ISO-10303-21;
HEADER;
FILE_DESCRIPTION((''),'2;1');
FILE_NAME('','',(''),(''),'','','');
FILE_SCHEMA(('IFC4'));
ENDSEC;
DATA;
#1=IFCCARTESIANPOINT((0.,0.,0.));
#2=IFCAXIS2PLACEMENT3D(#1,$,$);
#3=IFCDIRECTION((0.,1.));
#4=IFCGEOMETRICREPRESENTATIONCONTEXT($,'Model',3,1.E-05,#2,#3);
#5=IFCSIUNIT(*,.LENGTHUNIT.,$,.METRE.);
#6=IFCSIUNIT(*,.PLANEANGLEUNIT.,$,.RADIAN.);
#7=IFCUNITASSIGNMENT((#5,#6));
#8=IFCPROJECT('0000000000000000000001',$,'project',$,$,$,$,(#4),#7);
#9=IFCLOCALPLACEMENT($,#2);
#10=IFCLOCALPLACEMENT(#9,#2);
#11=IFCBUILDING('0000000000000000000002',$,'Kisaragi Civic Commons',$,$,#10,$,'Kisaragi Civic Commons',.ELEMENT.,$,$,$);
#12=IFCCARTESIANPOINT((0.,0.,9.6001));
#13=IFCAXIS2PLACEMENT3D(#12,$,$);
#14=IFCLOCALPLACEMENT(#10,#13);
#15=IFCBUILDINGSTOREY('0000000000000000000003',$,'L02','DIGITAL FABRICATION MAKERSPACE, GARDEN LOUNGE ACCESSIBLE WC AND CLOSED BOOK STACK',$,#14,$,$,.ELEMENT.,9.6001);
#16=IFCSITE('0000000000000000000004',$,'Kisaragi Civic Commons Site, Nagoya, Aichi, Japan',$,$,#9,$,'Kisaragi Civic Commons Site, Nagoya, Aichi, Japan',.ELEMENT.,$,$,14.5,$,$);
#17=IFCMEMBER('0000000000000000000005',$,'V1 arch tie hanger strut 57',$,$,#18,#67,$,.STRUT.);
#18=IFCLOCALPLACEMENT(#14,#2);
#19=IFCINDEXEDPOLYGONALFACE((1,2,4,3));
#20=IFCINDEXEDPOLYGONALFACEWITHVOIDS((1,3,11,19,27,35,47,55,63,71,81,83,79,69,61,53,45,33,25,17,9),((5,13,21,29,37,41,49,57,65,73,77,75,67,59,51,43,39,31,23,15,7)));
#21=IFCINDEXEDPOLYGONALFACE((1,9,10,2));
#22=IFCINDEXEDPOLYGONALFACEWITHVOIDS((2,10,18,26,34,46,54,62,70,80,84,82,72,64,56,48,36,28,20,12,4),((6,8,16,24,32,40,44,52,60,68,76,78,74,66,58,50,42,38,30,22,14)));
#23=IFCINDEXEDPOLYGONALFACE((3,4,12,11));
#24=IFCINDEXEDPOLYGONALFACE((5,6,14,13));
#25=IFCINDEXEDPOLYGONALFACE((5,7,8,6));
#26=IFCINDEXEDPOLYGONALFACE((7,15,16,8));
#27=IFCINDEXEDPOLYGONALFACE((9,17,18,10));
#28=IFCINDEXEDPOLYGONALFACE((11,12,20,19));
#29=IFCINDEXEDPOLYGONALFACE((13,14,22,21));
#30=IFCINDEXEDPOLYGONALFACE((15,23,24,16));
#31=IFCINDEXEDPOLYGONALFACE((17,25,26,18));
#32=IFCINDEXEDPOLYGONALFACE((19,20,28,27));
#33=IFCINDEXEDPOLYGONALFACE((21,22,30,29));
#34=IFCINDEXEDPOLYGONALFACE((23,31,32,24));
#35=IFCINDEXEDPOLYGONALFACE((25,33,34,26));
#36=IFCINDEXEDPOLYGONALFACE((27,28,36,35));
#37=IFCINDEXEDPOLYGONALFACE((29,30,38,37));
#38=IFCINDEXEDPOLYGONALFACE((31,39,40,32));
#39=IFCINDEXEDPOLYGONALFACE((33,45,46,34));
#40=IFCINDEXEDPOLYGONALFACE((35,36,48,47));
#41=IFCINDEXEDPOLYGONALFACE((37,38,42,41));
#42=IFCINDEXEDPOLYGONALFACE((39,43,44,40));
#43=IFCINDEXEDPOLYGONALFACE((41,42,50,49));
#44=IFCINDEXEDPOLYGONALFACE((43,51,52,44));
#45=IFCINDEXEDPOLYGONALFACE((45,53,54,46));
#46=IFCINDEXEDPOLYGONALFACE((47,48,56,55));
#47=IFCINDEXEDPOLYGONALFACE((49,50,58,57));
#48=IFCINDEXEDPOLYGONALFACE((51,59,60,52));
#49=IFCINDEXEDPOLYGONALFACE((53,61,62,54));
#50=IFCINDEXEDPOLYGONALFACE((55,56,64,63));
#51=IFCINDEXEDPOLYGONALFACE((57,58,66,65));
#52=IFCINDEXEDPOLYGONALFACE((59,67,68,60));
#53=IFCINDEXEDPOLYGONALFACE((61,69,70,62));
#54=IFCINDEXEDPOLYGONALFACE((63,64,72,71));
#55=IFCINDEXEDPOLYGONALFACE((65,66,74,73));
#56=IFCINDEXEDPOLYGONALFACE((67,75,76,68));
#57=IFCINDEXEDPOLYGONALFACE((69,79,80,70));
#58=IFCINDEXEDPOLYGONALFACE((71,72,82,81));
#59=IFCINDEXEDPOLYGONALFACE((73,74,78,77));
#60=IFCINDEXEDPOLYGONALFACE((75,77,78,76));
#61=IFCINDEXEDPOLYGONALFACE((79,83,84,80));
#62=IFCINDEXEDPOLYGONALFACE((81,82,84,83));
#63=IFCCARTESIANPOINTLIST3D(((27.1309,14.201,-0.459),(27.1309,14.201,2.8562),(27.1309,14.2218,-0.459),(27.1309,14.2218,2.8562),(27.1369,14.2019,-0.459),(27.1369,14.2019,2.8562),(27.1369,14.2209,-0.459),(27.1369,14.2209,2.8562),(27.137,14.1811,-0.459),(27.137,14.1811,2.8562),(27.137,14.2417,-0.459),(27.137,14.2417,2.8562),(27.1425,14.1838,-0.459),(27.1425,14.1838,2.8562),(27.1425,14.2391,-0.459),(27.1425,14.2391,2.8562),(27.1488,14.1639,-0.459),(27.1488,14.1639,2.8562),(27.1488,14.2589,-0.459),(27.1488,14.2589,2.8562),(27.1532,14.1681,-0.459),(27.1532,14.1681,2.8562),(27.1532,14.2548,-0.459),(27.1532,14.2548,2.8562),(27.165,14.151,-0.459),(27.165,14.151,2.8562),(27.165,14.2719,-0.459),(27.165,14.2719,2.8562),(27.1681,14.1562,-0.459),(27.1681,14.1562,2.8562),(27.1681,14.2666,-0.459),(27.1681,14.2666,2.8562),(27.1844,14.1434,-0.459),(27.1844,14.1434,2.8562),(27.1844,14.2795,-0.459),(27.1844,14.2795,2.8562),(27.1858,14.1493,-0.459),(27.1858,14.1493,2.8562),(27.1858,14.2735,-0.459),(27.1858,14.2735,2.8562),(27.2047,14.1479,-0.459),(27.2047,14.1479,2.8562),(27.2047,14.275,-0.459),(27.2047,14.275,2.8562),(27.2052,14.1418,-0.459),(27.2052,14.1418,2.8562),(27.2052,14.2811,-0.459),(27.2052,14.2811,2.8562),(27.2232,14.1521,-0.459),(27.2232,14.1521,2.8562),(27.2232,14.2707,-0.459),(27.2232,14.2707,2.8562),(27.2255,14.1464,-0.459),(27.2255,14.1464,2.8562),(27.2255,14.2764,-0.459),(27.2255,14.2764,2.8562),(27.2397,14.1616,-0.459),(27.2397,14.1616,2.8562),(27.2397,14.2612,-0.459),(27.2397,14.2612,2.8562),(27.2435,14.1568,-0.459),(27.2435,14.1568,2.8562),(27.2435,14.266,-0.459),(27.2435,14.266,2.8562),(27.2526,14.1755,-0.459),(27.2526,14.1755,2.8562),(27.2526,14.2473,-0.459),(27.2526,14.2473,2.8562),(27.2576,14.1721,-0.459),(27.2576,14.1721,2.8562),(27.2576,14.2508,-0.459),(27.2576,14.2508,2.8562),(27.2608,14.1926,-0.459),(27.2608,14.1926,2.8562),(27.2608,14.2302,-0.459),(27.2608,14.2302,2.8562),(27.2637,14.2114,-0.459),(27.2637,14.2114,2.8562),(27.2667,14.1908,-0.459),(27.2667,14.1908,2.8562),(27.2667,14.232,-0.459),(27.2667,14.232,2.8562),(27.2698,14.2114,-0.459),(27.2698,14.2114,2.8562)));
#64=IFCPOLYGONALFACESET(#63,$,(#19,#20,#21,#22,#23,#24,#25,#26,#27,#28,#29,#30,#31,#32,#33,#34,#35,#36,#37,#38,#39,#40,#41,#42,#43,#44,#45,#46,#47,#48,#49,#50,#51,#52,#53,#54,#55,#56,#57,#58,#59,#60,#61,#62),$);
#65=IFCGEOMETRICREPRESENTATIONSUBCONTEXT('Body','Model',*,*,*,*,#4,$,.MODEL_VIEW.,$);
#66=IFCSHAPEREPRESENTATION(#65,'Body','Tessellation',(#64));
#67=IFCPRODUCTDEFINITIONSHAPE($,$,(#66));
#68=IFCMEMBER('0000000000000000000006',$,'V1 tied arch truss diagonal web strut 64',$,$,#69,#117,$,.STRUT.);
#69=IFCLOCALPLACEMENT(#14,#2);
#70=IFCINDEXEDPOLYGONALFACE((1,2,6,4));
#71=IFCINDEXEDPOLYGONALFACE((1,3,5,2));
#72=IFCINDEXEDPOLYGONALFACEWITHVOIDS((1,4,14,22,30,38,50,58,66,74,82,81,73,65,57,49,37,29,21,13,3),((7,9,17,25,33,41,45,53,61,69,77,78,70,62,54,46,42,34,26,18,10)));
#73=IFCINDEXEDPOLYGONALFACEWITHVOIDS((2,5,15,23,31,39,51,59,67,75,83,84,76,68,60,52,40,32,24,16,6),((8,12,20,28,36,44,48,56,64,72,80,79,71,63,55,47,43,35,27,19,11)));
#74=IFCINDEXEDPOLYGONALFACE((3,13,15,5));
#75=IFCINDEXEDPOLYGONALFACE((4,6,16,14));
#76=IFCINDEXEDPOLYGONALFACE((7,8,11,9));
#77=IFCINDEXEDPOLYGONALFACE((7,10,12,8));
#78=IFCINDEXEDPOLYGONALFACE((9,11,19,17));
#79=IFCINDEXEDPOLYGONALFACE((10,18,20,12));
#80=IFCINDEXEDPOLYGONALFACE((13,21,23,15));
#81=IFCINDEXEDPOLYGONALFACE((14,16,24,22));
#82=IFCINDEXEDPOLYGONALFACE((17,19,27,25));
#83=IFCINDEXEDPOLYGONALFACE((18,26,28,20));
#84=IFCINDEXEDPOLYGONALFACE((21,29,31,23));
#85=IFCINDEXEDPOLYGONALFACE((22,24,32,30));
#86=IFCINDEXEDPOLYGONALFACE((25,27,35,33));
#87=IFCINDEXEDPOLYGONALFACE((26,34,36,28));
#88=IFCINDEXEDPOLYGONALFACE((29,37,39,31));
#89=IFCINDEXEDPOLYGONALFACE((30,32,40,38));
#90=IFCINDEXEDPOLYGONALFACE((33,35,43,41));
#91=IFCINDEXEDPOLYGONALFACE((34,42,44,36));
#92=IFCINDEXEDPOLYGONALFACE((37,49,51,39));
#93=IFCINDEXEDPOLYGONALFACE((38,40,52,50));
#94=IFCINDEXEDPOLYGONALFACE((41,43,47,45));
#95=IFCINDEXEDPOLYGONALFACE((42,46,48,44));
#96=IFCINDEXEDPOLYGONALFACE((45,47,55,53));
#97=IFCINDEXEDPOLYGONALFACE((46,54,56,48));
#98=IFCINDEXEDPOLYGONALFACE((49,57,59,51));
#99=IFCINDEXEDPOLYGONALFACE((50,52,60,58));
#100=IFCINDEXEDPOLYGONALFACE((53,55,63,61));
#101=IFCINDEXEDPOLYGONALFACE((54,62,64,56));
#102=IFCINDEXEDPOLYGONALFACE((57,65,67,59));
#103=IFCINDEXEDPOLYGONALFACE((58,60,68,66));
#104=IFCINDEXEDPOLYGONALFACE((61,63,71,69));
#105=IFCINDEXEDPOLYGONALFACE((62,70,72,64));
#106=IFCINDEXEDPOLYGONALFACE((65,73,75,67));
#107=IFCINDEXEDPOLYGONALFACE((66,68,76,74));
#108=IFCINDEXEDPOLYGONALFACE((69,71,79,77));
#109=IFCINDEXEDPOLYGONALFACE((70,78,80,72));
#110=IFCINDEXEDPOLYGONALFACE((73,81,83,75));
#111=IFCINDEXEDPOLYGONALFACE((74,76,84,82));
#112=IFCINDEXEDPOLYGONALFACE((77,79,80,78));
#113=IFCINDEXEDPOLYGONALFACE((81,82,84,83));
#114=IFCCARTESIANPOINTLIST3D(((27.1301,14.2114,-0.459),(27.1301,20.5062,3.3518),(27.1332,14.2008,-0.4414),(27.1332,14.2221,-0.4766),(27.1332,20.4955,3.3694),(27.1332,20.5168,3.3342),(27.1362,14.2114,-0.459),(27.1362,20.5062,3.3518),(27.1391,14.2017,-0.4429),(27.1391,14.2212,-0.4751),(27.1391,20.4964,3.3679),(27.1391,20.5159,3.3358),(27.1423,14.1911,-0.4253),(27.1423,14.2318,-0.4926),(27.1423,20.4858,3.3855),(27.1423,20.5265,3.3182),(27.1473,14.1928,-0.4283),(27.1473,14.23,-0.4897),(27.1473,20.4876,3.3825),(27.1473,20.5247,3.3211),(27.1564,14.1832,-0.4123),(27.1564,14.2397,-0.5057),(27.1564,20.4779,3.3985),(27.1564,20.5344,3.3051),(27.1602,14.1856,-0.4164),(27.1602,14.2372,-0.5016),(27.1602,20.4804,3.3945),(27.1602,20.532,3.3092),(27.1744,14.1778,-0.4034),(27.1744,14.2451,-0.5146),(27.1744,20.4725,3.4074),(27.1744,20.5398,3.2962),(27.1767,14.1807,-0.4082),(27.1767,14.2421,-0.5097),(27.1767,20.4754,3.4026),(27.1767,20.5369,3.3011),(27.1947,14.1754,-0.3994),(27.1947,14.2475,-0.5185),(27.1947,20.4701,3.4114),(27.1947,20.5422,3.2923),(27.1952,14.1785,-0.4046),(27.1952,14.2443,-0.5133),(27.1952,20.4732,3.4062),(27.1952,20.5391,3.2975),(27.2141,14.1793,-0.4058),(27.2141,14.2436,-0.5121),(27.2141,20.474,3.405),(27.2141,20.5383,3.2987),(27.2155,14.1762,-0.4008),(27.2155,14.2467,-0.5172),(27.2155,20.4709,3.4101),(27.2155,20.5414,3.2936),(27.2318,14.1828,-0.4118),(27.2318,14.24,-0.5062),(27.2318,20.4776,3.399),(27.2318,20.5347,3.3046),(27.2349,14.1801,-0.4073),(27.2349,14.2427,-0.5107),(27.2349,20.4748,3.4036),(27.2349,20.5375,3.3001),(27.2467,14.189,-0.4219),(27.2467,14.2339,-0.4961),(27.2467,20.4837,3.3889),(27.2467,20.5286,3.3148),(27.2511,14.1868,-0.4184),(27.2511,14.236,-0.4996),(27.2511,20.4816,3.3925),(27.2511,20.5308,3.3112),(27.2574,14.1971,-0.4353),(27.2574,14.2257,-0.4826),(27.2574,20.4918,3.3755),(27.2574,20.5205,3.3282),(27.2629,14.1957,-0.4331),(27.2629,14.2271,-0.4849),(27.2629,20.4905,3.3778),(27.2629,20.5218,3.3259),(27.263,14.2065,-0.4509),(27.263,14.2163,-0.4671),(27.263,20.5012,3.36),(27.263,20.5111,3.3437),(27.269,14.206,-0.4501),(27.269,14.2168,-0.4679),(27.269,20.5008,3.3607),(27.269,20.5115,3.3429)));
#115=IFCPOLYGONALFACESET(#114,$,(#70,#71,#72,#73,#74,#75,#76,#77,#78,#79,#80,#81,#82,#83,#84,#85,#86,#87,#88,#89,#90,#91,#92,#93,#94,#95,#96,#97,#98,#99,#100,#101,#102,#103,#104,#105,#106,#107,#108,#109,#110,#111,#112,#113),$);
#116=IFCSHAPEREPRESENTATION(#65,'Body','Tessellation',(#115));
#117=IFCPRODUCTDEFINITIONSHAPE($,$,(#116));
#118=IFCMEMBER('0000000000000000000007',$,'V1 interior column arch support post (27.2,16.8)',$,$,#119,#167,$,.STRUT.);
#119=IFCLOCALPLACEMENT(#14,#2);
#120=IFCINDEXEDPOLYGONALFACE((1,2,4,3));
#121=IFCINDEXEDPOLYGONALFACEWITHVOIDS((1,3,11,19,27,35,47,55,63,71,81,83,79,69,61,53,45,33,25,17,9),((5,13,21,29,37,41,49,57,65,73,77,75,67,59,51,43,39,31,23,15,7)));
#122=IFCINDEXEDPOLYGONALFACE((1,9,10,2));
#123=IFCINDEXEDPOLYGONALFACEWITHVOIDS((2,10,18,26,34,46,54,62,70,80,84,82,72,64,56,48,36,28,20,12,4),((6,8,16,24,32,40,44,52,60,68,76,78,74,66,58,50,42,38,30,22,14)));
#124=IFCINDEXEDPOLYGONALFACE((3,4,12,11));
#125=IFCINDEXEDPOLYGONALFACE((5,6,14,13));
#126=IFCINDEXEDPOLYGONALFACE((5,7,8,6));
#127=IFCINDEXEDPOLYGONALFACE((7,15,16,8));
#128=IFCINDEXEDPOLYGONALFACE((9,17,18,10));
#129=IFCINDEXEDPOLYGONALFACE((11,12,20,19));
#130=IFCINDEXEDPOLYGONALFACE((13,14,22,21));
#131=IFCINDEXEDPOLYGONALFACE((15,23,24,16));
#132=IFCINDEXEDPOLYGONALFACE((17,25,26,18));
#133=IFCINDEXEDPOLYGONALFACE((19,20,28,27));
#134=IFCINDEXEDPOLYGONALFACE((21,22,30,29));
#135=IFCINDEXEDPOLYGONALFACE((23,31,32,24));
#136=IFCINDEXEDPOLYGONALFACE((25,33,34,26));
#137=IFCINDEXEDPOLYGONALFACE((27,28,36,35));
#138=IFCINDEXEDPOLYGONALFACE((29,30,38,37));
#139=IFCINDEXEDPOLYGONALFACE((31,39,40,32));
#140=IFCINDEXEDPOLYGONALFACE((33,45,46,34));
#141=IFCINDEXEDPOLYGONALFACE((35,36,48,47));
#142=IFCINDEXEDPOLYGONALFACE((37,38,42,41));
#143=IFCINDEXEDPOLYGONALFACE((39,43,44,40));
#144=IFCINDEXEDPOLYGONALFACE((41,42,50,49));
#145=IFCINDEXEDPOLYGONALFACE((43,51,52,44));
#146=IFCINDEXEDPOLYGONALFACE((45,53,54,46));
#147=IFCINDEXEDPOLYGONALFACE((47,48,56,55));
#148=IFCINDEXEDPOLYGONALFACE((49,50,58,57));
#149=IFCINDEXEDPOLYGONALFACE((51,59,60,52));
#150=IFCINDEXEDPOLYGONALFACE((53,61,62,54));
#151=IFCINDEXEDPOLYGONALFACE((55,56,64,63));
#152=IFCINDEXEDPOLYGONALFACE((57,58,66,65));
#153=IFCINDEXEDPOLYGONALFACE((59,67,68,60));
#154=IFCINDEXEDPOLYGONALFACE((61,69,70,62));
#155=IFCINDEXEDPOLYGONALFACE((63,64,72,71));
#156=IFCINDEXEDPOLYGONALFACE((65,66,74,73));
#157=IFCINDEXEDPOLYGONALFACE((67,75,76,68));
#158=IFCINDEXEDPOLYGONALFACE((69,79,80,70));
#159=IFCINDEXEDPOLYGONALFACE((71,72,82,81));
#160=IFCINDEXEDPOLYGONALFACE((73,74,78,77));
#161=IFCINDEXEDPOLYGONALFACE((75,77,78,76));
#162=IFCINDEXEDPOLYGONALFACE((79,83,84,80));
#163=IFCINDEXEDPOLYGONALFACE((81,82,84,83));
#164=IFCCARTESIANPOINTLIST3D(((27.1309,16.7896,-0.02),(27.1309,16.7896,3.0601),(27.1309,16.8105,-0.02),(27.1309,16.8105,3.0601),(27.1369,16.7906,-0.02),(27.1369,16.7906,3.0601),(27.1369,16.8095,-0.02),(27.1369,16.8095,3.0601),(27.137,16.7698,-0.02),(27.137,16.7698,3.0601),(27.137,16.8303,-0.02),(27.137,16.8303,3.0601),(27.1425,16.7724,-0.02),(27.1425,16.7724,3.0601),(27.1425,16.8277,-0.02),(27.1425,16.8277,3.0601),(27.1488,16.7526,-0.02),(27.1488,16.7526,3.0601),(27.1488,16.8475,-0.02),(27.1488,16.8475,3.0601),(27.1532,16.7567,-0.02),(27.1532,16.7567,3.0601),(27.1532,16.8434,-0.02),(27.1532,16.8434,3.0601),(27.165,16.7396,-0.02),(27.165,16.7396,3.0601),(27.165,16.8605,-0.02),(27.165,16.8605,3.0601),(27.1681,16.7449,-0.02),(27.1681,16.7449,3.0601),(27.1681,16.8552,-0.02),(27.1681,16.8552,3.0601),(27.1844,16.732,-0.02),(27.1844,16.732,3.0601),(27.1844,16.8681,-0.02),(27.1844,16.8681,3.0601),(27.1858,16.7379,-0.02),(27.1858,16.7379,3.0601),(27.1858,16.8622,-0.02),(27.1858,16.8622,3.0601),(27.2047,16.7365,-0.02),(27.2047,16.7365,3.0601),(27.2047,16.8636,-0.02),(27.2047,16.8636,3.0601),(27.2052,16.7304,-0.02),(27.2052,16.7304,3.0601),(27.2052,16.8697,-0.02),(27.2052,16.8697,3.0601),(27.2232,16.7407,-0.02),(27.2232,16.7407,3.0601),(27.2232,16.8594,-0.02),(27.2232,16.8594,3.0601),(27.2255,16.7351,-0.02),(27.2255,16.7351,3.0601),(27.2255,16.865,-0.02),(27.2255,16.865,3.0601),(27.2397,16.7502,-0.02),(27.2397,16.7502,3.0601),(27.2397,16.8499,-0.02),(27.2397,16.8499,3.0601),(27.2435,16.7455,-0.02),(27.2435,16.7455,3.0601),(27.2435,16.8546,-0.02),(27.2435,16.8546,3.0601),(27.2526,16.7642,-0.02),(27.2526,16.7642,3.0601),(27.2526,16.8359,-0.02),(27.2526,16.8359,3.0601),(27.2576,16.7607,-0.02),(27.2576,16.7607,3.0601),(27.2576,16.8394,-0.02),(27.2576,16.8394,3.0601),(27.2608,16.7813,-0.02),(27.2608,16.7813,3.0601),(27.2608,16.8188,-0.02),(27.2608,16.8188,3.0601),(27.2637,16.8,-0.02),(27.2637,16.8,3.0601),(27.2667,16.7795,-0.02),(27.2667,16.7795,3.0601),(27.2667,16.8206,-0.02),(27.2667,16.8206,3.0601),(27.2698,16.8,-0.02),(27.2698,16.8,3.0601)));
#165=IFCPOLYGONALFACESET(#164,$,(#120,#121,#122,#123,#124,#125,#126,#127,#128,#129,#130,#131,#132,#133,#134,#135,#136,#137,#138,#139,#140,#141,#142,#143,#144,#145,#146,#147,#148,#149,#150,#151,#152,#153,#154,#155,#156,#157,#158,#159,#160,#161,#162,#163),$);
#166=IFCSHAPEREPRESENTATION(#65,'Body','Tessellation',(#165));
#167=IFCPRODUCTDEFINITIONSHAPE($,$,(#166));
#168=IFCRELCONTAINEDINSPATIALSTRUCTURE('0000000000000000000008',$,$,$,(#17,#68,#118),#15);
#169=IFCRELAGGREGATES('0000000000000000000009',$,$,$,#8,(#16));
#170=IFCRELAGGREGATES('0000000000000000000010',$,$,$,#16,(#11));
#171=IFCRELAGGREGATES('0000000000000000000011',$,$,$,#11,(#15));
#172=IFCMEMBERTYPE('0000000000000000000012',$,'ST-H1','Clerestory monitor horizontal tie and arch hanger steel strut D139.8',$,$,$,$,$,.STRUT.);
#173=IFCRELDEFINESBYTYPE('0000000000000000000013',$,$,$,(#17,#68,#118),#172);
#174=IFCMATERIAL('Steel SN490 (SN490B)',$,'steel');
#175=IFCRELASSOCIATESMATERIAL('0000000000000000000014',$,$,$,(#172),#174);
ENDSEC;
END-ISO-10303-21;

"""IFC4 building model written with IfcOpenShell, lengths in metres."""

from ifc_helpers import new_model, si_unit, direction, frame, origin, origin_2d, place, context, subcontext, project, spatial, hollow_circle, extrude, material, material_profile, profile_set, type_object, element, save


model = new_model("IFC4")

# Units and contexts
model_context = context("Model", 3, precision=1e-05, world=origin(), true_north=direction((0.0, 1.0)))
body_context = subcontext(model_context, "Body", "Model", "MODEL_VIEW")
ifc_project = project(units=[si_unit("LENGTHUNIT", "METRE"), si_unit("PLANEANGLEUNIT", "RADIAN")], contexts=[model_context])

# Site, building, storey
site_placement = place(None, origin())
site = spatial("IfcSite", under=ifc_project, at=site_placement, Name="Kisaragi Civic Commons Site, Nagoya, Aichi, Japan", LongName="Kisaragi Civic Commons Site, Nagoya, Aichi, Japan", CompositionType="ELEMENT", RefElevation=14.5)
building_placement = place(site_placement, origin())
building = spatial("IfcBuilding", under=site, at=building_placement, Name="Kisaragi Civic Commons", LongName="Kisaragi Civic Commons", CompositionType="ELEMENT")
storey_placement = place(building_placement, frame((0.0, 0.0, 9.6001)))
storey = spatial("IfcBuildingStorey", under=building, at=storey_placement, Name="L02", Description="DIGITAL FABRICATION MAKERSPACE, GARDEN LOUNGE ACCESSIBLE WC AND CLOSED BOOK STACK", CompositionType="ELEMENT", Elevation=9.6001)

# Members
ifc_material_1 = material(Name="Steel SN490 (SN490B)", Category="steel")
ifc_material_profile_1 = material_profile(ifc_material_1, hollow_circle(Radius=0.0698, WallThickness=0.0061, at=origin_2d()), Name="CHS-139.8x6.0", Category="steel")
ifc_profile_set_1 = profile_set([ifc_material_profile_1], Name="Steel SN490 (SN490B)")
member_type_1 = type_object("IfcMemberType", Name="ST-H1", Description="Clerestory monitor horizontal tie and arch hanger steel strut D139.8", PredefinedType="STRUT", material=ifc_profile_set_1)
member_1_placement = place(storey_placement, frame((27.2, 14.2114, -0.459), z_axis=(0.0, 0.0, 1.0), x_axis=(1.0, 0.0, 0.0)))
element("IfcMember", 1, at=member_1_placement, inside=storey, type_object=member_type_1, Name="V1 arch tie hanger strut 57", PredefinedType="STRUT", context=body_context, shape_type="SweptSolid", body=[
    extrude(hollow_circle(Radius=0.0698, WallThickness=0.0061, at=origin_2d()), origin(), (0.0, 0.0, 1.0), 3.3152),
])
member_2_placement = place(storey_placement, frame((27.2, 14.2114, -0.459), z_axis=(0.0, 0.855449, 0.517888), x_axis=(-1.0, 0.0, 0.0)))
element("IfcMember", 2, at=member_2_placement, inside=storey, type_object=member_type_1, Name="V1 tied arch truss diagonal web strut 64", PredefinedType="STRUT", context=body_context, shape_type="SweptSolid", body=[
    extrude(hollow_circle(Radius=0.0698, WallThickness=0.0061, at=origin_2d()), origin(), (0.0, 0.0, 1.0), 7.3584),
])
member_3_placement = place(storey_placement, frame((27.2, 16.8, -0.02), z_axis=(0.0, 0.0, 1.0), x_axis=(1.0, 0.0, 0.0)))
element("IfcMember", 3, at=member_3_placement, inside=storey, type_object=member_type_1, Name="V1 interior column arch support post (27.2,16.8)", PredefinedType="STRUT", context=body_context, shape_type="SweptSolid", body=[
    extrude(hollow_circle(Radius=0.0698, WallThickness=0.0061, at=origin_2d()), origin(), (0.0, 0.0, 1.0), 3.0801),
])

save(model, "model.ifc")
